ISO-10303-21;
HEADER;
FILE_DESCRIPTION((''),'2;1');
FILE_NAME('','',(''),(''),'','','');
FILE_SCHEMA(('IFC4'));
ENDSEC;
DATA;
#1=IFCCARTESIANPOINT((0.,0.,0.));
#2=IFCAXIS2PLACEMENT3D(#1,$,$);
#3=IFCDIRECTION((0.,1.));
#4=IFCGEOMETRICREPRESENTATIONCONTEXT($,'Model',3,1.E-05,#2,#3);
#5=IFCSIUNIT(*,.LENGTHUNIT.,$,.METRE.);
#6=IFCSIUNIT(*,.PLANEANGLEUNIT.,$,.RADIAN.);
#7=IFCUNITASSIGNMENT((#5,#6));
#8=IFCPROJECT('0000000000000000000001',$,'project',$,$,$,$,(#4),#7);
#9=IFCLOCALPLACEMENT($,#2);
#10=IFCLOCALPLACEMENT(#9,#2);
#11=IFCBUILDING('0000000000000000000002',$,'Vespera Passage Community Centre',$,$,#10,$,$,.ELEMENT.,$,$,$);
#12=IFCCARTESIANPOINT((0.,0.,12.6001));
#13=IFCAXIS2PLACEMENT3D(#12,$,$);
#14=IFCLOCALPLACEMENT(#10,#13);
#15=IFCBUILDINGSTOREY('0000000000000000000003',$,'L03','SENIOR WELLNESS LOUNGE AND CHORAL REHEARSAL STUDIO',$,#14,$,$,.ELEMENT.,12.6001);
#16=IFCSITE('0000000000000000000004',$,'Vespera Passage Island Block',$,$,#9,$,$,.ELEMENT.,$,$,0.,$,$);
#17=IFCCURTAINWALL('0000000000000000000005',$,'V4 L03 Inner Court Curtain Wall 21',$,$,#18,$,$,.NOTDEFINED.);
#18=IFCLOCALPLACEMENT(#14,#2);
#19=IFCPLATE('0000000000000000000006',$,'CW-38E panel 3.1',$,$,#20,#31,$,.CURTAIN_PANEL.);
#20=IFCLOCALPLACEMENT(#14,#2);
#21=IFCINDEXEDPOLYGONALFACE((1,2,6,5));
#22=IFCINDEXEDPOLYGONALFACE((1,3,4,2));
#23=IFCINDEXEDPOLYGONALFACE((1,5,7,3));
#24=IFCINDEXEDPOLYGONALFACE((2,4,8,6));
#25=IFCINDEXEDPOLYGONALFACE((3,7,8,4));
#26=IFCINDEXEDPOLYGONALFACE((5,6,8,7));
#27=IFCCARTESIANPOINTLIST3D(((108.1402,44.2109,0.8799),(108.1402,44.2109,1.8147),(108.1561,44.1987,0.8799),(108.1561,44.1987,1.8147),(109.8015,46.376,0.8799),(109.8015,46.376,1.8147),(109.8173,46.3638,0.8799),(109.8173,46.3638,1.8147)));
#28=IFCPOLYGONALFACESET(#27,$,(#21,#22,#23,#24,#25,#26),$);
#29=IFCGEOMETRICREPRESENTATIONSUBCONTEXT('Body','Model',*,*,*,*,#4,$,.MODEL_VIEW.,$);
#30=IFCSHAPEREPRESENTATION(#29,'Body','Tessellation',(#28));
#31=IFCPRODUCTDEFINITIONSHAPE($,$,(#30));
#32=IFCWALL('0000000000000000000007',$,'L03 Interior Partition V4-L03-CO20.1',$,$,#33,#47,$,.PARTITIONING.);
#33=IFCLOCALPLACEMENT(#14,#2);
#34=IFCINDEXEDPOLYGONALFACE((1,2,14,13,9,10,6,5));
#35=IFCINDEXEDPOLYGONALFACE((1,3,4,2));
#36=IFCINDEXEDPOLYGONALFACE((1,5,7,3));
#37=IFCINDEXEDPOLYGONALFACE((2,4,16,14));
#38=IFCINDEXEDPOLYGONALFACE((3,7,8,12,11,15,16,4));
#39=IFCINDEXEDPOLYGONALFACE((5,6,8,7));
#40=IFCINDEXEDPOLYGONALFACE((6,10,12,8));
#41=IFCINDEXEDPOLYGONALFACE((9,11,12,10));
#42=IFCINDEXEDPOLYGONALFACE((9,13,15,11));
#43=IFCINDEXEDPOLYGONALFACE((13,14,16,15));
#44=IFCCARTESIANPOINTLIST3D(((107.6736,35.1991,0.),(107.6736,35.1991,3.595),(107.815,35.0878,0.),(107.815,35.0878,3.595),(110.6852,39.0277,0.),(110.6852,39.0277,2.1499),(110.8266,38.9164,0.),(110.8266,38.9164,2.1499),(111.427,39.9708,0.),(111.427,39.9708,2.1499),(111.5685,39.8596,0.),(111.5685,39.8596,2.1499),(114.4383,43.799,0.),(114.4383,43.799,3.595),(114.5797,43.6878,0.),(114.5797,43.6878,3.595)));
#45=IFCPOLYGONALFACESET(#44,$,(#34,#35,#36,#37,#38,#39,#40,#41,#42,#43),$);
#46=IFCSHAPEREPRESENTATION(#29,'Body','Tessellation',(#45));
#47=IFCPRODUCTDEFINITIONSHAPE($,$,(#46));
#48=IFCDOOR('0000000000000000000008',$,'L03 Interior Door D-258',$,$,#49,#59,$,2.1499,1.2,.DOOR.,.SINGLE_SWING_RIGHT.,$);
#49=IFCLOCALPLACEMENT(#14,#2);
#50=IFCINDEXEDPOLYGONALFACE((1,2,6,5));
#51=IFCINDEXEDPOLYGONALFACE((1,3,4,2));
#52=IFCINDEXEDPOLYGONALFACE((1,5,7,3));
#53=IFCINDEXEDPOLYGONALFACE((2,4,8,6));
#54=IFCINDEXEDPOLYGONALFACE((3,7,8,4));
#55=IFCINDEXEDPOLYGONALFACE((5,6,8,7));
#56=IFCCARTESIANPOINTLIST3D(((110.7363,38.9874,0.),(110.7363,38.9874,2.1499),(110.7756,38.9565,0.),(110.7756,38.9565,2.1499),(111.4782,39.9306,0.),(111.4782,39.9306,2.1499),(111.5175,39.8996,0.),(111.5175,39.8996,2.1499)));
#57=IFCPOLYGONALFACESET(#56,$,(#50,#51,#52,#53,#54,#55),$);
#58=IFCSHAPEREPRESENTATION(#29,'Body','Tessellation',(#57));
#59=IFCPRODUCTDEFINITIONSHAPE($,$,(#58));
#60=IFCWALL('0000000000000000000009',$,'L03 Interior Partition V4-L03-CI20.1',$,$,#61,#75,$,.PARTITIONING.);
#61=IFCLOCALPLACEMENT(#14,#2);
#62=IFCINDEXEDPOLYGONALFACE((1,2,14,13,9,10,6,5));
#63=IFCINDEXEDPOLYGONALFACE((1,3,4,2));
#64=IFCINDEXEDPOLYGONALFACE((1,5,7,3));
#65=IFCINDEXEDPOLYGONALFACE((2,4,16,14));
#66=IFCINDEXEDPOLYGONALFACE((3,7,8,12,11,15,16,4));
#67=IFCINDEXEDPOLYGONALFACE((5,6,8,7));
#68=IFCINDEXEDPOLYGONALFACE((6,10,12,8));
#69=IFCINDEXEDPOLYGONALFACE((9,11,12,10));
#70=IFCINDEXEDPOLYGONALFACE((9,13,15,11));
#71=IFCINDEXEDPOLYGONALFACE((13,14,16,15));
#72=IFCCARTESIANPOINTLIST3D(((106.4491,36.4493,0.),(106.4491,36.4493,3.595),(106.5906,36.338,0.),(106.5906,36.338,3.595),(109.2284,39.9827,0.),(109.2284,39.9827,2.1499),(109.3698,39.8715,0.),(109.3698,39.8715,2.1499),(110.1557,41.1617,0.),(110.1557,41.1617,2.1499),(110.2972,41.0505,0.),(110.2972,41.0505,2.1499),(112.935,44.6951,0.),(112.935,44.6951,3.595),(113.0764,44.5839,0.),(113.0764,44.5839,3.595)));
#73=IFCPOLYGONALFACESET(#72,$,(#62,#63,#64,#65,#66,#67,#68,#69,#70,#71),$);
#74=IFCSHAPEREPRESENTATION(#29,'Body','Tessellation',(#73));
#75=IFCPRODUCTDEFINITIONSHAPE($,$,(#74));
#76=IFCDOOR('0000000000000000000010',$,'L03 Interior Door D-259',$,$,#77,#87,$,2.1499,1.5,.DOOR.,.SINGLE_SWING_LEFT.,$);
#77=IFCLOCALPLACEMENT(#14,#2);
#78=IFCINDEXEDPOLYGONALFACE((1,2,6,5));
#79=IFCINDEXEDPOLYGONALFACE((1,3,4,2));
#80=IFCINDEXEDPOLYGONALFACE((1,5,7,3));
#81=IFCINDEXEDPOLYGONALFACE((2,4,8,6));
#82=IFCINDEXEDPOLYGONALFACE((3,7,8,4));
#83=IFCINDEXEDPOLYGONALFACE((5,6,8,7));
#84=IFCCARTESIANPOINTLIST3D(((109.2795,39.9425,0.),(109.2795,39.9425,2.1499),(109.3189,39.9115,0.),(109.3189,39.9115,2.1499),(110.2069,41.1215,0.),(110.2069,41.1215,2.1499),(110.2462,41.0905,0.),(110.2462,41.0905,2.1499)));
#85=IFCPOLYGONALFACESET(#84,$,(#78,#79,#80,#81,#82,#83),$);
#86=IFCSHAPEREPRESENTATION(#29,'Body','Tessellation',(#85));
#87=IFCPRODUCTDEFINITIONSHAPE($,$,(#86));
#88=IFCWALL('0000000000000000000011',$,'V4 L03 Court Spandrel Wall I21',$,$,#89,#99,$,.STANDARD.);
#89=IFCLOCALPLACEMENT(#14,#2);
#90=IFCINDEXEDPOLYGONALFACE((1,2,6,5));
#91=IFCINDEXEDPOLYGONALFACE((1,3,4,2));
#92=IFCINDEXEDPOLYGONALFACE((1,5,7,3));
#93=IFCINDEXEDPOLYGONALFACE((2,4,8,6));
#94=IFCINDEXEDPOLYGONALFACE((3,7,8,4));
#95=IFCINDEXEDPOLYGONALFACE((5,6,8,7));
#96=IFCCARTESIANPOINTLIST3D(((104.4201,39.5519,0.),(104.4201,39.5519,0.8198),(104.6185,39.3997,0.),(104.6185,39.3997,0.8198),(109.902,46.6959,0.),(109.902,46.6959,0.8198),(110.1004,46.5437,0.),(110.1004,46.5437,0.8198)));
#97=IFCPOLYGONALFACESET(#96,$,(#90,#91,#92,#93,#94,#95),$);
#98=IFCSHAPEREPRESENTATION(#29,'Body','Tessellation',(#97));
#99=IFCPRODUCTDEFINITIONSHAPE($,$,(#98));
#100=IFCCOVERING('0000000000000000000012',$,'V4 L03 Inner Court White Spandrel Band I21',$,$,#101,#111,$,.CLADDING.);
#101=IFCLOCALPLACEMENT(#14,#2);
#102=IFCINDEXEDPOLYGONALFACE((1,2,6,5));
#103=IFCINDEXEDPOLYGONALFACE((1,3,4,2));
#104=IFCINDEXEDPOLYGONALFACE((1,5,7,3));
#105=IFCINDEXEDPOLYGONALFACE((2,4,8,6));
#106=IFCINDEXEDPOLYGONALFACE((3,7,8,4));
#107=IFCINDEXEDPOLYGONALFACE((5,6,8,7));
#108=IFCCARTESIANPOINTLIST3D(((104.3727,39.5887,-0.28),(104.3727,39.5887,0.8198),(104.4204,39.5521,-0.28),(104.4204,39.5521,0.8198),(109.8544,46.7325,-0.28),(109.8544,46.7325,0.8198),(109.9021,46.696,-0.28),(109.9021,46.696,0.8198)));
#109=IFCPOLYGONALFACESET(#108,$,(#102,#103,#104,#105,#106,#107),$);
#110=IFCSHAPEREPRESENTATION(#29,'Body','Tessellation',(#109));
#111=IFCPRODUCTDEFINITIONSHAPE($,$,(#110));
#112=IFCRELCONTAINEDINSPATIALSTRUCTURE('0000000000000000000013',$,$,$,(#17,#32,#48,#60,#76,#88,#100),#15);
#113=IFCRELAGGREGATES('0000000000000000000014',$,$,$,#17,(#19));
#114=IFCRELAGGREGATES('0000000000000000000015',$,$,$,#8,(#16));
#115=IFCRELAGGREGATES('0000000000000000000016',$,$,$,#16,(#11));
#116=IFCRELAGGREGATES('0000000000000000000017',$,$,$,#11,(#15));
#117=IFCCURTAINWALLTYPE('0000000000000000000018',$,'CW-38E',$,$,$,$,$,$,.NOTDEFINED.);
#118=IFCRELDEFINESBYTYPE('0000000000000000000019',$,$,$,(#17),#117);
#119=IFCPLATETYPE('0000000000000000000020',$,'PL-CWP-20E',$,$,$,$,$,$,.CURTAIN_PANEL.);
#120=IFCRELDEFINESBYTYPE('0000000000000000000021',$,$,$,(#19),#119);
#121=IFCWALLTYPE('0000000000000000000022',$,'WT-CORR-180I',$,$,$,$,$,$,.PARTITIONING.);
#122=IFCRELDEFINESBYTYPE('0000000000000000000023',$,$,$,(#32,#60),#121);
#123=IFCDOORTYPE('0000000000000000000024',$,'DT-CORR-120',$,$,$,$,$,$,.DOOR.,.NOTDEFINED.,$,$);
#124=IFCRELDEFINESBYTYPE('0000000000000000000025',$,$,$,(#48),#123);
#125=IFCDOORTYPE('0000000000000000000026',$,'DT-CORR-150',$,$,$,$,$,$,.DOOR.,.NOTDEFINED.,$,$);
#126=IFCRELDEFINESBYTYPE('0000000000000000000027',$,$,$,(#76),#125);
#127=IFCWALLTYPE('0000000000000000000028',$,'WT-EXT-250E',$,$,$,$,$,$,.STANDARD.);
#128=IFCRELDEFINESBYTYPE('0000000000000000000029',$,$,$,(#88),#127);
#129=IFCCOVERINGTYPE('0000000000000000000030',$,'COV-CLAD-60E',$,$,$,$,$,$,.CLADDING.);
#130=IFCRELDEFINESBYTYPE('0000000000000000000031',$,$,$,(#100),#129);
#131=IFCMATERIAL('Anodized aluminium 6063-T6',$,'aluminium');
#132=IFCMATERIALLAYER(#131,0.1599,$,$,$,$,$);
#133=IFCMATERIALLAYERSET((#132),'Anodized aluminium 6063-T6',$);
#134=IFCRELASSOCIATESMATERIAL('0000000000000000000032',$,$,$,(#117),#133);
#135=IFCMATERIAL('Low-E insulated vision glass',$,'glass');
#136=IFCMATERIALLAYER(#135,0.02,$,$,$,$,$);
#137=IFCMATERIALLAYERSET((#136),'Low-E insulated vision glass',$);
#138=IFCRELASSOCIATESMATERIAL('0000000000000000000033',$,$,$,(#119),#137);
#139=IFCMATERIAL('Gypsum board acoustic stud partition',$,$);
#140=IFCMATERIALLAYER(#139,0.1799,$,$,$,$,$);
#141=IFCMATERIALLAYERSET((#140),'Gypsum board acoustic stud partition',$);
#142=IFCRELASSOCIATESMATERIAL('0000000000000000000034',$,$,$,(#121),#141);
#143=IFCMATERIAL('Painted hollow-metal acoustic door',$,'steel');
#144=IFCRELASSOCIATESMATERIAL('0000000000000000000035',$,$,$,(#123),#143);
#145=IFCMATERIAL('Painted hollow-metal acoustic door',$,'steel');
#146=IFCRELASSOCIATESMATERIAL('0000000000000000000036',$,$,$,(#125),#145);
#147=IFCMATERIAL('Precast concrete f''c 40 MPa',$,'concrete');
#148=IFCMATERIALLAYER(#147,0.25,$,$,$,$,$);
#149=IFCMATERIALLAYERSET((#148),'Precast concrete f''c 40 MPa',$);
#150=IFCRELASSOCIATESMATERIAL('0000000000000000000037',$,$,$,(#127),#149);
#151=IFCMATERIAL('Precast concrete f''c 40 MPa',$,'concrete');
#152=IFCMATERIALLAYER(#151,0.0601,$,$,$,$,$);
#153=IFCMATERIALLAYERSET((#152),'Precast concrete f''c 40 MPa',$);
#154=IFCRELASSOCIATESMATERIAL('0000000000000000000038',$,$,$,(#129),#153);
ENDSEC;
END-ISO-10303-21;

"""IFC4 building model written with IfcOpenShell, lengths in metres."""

from ifc_helpers import new_model, si_unit, direction, frame, frame_2d, origin, origin_2d, place, context, subcontext, project, spatial, rectangle, extrude, material, layer, layer_set, type_object, element, fill, aggregate, save


model = new_model("IFC4")

# Units and contexts
model_context = context("Model", 3, precision=1e-05, world=origin(), true_north=direction((0.0, 1.0)))
body_context = subcontext(model_context, "Body", "Model", "MODEL_VIEW")
ifc_project = project(units=[si_unit("LENGTHUNIT", "METRE"), si_unit("PLANEANGLEUNIT", "RADIAN")], contexts=[model_context])

# Site, building, storey
site_placement = place(None, origin())
site = spatial("IfcSite", under=ifc_project, at=site_placement, Name="Vespera Passage Island Block", CompositionType="ELEMENT", RefElevation=0.0)
building_placement = place(site_placement, origin())
building = spatial("IfcBuilding", under=site, at=building_placement, Name="Vespera Passage Community Centre", CompositionType="ELEMENT")
storey_placement = place(building_placement, frame((0.0, 0.0, 12.6001)))
storey = spatial("IfcBuildingStorey", under=building, at=storey_placement, Name="L03", Description="SENIOR WELLNESS LOUNGE AND CHORAL REHEARSAL STUDIO", CompositionType="ELEMENT", Elevation=12.6001)

# Curtain wall, plate
ifc_material_1 = material(Name="Anodized aluminium 6063-T6", Category="aluminium")
ifc_layer_1 = layer(ifc_material_1, 0.1599)
ifc_layer_set_1 = layer_set([ifc_layer_1], Name="Anodized aluminium 6063-T6")
curtain_wall_type = type_object("IfcCurtainWallType", Name="CW-38E", PredefinedType="NOTDEFINED", material=ifc_layer_set_1)
curtain_wall_placement = place(storey_placement, origin())
curtain_wall = element("IfcCurtainWall", 1, at=curtain_wall_placement, inside=storey, type_object=curtain_wall_type, Name="V4 L03 Inner Court Curtain Wall 21", PredefinedType="NOTDEFINED")
ifc_material_2 = material(Name="Low-E insulated vision glass", Category="glass")
ifc_layer_2 = layer(ifc_material_2, 0.02)
ifc_layer_set_2 = layer_set([ifc_layer_2], Name="Low-E insulated vision glass")
plate_type = type_object("IfcPlateType", Name="PL-CWP-20E", PredefinedType="CURTAIN_PANEL", material=ifc_layer_set_2)
plate_1_placement = place(storey_placement, frame((108.9788, 45.2874, 0.8799), z_axis=(0.0, 0.0, 1.0), x_axis=(0.608755, 0.793358, 0.0)))
plate_1 = element("IfcPlate", 2, at=plate_1_placement, type_object=plate_type, Name="CW-38E panel 3.1", PredefinedType="CURTAIN_PANEL", context=body_context, shape_type="SweptSolid", body=[
    extrude(rectangle(XDim=2.729, YDim=0.02, at=origin_2d()), origin(), (0.0, 0.0, 1.0), 0.9348),
])
aggregate(curtain_wall, [plate_1])

# Walls, openings, doors
ifc_material_3 = material(Name="Gypsum board acoustic stud partition")
ifc_layer_3 = layer(ifc_material_3, 0.1799)
ifc_layer_set_3 = layer_set([ifc_layer_3], Name="Gypsum board acoustic stud partition")
wall_type_1 = type_object("IfcWallType", Name="WT-CORR-180I", PredefinedType="PARTITIONING", material=ifc_layer_set_3)
wall_1_placement = place(storey_placement, frame((107.7444, 35.1436, 0.0), z_axis=(0.0, 0.0, 1.0), x_axis=(0.618252, 0.78598, 0.0)))
wall_1 = element("IfcWall", 3, at=wall_1_placement, inside=storey, type_object=wall_type_1, Name="L03 Interior Partition V4-L03-CO20.1", PredefinedType="PARTITIONING", context=body_context, shape_type="SweptSolid", body=[
    extrude(rectangle(XDim=10.9417, YDim=0.1799, at=frame_2d((5.4707, 0.0))), origin(), (0.0, 0.0, 1.0), 3.595),
])
opening_1_placement = place(wall_1_placement, frame((4.8708, 0.0, 0.0)))
opening_1 = element("IfcOpeningElement", 4, at=opening_1_placement, cuts=wall_1, PredefinedType="OPENING", context=body_context, shape_type="SweptSolid", body=[
    extrude(rectangle(XDim=1.2, YDim=2.1499, at=frame_2d((0.6001, 1.075))), frame((0.0, 0.0999, 0.0), z_axis=(0.0, -1.0, 0.0), x_axis=(1.0, 0.0, 0.0)), (0.0, 0.0, 1.0), 0.2),
])
ifc_material_4 = material(Name="Painted hollow-metal acoustic door", Category="steel")
door_type_1 = type_object("IfcDoorType", Name="DT-CORR-120", OperationType="NOTDEFINED", PredefinedType="DOOR", material=ifc_material_4)
door_1_placement = place(opening_1_placement, origin())
door_1 = element("IfcDoor", 5, at=door_1_placement, inside=storey, type_object=door_type_1, Name="L03 Interior Door D-258", OperationType="SINGLE_SWING_RIGHT", OverallHeight=2.1499, OverallWidth=1.2, PredefinedType="DOOR", context=body_context, shape_type="SweptSolid", body=[
    extrude(rectangle(XDim=1.2, YDim=2.1499, at=frame_2d((0.6001, 1.075))), frame((0.0, 0.0249, 0.0), z_axis=(0.0, -1.0, 0.0), x_axis=(1.0, 0.0, 0.0)), (0.0, 0.0, 1.0), 0.05),
])
fill(opening_1, door_1)
wall_2_placement = place(storey_placement, frame((106.5198, 36.3936, 0.0), z_axis=(0.0, 0.0, 1.0), x_axis=(0.618232, 0.785996, 0.0)))
wall_2 = element("IfcWall", 6, at=wall_2_placement, inside=storey, type_object=wall_type_1, Name="L03 Interior Partition V4-L03-CI20.1", PredefinedType="PARTITIONING", context=body_context, shape_type="SweptSolid", body=[
    extrude(rectangle(XDim=10.491, YDim=0.1799, at=frame_2d((5.2456, 0.0))), origin(), (0.0, 0.0, 1.0), 3.595),
])
opening_2_placement = place(wall_2_placement, frame((4.4956, 0.0, 0.0)))
opening_2 = element("IfcOpeningElement", 7, at=opening_2_placement, cuts=wall_2, PredefinedType="OPENING", context=body_context, shape_type="SweptSolid", body=[
    extrude(rectangle(XDim=1.5, YDim=2.1499, at=frame_2d((0.75, 1.075))), frame((0.0, 0.0999, 0.0), z_axis=(0.0, -1.0, 0.0), x_axis=(1.0, 0.0, 0.0)), (0.0, 0.0, 1.0), 0.2),
])
ifc_material_5 = material(Name="Painted hollow-metal acoustic door", Category="steel")
door_type_2 = type_object("IfcDoorType", Name="DT-CORR-150", OperationType="NOTDEFINED", PredefinedType="DOOR", material=ifc_material_5)
door_2_placement = place(opening_2_placement, origin())
door_2 = element("IfcDoor", 8, at=door_2_placement, inside=storey, type_object=door_type_2, Name="L03 Interior Door D-259", OperationType="SINGLE_SWING_LEFT", OverallHeight=2.1499, OverallWidth=1.5, PredefinedType="DOOR", context=body_context, shape_type="SweptSolid", body=[
    extrude(rectangle(XDim=1.5, YDim=2.1499, at=frame_2d((0.75, 1.075))), frame((0.0, 0.0249, 0.0), z_axis=(0.0, -1.0, 0.0), x_axis=(1.0, 0.0, 0.0)), (0.0, 0.0, 1.0), 0.05),
])
fill(opening_2, door_2)

# Wall
ifc_material_6 = material(Name="Precast concrete f'c 40 MPa", Category="concrete")
ifc_layer_4 = layer(ifc_material_6, 0.25)
ifc_layer_set_4 = layer_set([ifc_layer_4], Name="Precast concrete f'c 40 MPa")
wall_type_2 = type_object("IfcWallType", Name="WT-EXT-250E", PredefinedType="STANDARD", material=ifc_layer_set_4)
wall_3_placement = place(storey_placement, frame((104.5193, 39.4758, 0.0), z_axis=(0.0, 0.0, 1.0), x_axis=(0.60877, 0.793347, 0.0)))
element("IfcWall", 9, at=wall_3_placement, inside=storey, type_object=wall_type_2, Name="V4 L03 Court Spandrel Wall I21", PredefinedType="STANDARD", context=body_context, shape_type="SweptSolid", body=[
    extrude(rectangle(XDim=9.0049, YDim=0.25, at=frame_2d((4.5024, 0.0))), origin(), (0.0, 0.0, 1.0), 0.8198),
])

# Covering
ifc_material_7 = material(Name="Precast concrete f'c 40 MPa", Category="concrete")
ifc_layer_5 = layer(ifc_material_7, 0.0601)
ifc_layer_set_5 = layer_set([ifc_layer_5], Name="Precast concrete f'c 40 MPa")
covering_type = type_object("IfcCoveringType", Name="COV-CLAD-60E", PredefinedType="CLADDING", material=ifc_layer_set_5)
covering_placement = place(storey_placement, frame((104.3965, 39.5703, -0.28), z_axis=(0.0, 0.0, 1.0), x_axis=(0.608766, 0.79335, 0.0)))
element("IfcCovering", 10, at=covering_placement, inside=storey, type_object=covering_type, Name="V4 L03 Inner Court White Spandrel Band I21", PredefinedType="CLADDING", context=body_context, shape_type="SweptSolid", body=[
    extrude(rectangle(XDim=9.0046, YDim=0.0601, at=frame_2d((4.5024, 0.0))), origin(), (0.0, 0.0, 1.0), 1.0999),
])

save(model, "model.ifc")
